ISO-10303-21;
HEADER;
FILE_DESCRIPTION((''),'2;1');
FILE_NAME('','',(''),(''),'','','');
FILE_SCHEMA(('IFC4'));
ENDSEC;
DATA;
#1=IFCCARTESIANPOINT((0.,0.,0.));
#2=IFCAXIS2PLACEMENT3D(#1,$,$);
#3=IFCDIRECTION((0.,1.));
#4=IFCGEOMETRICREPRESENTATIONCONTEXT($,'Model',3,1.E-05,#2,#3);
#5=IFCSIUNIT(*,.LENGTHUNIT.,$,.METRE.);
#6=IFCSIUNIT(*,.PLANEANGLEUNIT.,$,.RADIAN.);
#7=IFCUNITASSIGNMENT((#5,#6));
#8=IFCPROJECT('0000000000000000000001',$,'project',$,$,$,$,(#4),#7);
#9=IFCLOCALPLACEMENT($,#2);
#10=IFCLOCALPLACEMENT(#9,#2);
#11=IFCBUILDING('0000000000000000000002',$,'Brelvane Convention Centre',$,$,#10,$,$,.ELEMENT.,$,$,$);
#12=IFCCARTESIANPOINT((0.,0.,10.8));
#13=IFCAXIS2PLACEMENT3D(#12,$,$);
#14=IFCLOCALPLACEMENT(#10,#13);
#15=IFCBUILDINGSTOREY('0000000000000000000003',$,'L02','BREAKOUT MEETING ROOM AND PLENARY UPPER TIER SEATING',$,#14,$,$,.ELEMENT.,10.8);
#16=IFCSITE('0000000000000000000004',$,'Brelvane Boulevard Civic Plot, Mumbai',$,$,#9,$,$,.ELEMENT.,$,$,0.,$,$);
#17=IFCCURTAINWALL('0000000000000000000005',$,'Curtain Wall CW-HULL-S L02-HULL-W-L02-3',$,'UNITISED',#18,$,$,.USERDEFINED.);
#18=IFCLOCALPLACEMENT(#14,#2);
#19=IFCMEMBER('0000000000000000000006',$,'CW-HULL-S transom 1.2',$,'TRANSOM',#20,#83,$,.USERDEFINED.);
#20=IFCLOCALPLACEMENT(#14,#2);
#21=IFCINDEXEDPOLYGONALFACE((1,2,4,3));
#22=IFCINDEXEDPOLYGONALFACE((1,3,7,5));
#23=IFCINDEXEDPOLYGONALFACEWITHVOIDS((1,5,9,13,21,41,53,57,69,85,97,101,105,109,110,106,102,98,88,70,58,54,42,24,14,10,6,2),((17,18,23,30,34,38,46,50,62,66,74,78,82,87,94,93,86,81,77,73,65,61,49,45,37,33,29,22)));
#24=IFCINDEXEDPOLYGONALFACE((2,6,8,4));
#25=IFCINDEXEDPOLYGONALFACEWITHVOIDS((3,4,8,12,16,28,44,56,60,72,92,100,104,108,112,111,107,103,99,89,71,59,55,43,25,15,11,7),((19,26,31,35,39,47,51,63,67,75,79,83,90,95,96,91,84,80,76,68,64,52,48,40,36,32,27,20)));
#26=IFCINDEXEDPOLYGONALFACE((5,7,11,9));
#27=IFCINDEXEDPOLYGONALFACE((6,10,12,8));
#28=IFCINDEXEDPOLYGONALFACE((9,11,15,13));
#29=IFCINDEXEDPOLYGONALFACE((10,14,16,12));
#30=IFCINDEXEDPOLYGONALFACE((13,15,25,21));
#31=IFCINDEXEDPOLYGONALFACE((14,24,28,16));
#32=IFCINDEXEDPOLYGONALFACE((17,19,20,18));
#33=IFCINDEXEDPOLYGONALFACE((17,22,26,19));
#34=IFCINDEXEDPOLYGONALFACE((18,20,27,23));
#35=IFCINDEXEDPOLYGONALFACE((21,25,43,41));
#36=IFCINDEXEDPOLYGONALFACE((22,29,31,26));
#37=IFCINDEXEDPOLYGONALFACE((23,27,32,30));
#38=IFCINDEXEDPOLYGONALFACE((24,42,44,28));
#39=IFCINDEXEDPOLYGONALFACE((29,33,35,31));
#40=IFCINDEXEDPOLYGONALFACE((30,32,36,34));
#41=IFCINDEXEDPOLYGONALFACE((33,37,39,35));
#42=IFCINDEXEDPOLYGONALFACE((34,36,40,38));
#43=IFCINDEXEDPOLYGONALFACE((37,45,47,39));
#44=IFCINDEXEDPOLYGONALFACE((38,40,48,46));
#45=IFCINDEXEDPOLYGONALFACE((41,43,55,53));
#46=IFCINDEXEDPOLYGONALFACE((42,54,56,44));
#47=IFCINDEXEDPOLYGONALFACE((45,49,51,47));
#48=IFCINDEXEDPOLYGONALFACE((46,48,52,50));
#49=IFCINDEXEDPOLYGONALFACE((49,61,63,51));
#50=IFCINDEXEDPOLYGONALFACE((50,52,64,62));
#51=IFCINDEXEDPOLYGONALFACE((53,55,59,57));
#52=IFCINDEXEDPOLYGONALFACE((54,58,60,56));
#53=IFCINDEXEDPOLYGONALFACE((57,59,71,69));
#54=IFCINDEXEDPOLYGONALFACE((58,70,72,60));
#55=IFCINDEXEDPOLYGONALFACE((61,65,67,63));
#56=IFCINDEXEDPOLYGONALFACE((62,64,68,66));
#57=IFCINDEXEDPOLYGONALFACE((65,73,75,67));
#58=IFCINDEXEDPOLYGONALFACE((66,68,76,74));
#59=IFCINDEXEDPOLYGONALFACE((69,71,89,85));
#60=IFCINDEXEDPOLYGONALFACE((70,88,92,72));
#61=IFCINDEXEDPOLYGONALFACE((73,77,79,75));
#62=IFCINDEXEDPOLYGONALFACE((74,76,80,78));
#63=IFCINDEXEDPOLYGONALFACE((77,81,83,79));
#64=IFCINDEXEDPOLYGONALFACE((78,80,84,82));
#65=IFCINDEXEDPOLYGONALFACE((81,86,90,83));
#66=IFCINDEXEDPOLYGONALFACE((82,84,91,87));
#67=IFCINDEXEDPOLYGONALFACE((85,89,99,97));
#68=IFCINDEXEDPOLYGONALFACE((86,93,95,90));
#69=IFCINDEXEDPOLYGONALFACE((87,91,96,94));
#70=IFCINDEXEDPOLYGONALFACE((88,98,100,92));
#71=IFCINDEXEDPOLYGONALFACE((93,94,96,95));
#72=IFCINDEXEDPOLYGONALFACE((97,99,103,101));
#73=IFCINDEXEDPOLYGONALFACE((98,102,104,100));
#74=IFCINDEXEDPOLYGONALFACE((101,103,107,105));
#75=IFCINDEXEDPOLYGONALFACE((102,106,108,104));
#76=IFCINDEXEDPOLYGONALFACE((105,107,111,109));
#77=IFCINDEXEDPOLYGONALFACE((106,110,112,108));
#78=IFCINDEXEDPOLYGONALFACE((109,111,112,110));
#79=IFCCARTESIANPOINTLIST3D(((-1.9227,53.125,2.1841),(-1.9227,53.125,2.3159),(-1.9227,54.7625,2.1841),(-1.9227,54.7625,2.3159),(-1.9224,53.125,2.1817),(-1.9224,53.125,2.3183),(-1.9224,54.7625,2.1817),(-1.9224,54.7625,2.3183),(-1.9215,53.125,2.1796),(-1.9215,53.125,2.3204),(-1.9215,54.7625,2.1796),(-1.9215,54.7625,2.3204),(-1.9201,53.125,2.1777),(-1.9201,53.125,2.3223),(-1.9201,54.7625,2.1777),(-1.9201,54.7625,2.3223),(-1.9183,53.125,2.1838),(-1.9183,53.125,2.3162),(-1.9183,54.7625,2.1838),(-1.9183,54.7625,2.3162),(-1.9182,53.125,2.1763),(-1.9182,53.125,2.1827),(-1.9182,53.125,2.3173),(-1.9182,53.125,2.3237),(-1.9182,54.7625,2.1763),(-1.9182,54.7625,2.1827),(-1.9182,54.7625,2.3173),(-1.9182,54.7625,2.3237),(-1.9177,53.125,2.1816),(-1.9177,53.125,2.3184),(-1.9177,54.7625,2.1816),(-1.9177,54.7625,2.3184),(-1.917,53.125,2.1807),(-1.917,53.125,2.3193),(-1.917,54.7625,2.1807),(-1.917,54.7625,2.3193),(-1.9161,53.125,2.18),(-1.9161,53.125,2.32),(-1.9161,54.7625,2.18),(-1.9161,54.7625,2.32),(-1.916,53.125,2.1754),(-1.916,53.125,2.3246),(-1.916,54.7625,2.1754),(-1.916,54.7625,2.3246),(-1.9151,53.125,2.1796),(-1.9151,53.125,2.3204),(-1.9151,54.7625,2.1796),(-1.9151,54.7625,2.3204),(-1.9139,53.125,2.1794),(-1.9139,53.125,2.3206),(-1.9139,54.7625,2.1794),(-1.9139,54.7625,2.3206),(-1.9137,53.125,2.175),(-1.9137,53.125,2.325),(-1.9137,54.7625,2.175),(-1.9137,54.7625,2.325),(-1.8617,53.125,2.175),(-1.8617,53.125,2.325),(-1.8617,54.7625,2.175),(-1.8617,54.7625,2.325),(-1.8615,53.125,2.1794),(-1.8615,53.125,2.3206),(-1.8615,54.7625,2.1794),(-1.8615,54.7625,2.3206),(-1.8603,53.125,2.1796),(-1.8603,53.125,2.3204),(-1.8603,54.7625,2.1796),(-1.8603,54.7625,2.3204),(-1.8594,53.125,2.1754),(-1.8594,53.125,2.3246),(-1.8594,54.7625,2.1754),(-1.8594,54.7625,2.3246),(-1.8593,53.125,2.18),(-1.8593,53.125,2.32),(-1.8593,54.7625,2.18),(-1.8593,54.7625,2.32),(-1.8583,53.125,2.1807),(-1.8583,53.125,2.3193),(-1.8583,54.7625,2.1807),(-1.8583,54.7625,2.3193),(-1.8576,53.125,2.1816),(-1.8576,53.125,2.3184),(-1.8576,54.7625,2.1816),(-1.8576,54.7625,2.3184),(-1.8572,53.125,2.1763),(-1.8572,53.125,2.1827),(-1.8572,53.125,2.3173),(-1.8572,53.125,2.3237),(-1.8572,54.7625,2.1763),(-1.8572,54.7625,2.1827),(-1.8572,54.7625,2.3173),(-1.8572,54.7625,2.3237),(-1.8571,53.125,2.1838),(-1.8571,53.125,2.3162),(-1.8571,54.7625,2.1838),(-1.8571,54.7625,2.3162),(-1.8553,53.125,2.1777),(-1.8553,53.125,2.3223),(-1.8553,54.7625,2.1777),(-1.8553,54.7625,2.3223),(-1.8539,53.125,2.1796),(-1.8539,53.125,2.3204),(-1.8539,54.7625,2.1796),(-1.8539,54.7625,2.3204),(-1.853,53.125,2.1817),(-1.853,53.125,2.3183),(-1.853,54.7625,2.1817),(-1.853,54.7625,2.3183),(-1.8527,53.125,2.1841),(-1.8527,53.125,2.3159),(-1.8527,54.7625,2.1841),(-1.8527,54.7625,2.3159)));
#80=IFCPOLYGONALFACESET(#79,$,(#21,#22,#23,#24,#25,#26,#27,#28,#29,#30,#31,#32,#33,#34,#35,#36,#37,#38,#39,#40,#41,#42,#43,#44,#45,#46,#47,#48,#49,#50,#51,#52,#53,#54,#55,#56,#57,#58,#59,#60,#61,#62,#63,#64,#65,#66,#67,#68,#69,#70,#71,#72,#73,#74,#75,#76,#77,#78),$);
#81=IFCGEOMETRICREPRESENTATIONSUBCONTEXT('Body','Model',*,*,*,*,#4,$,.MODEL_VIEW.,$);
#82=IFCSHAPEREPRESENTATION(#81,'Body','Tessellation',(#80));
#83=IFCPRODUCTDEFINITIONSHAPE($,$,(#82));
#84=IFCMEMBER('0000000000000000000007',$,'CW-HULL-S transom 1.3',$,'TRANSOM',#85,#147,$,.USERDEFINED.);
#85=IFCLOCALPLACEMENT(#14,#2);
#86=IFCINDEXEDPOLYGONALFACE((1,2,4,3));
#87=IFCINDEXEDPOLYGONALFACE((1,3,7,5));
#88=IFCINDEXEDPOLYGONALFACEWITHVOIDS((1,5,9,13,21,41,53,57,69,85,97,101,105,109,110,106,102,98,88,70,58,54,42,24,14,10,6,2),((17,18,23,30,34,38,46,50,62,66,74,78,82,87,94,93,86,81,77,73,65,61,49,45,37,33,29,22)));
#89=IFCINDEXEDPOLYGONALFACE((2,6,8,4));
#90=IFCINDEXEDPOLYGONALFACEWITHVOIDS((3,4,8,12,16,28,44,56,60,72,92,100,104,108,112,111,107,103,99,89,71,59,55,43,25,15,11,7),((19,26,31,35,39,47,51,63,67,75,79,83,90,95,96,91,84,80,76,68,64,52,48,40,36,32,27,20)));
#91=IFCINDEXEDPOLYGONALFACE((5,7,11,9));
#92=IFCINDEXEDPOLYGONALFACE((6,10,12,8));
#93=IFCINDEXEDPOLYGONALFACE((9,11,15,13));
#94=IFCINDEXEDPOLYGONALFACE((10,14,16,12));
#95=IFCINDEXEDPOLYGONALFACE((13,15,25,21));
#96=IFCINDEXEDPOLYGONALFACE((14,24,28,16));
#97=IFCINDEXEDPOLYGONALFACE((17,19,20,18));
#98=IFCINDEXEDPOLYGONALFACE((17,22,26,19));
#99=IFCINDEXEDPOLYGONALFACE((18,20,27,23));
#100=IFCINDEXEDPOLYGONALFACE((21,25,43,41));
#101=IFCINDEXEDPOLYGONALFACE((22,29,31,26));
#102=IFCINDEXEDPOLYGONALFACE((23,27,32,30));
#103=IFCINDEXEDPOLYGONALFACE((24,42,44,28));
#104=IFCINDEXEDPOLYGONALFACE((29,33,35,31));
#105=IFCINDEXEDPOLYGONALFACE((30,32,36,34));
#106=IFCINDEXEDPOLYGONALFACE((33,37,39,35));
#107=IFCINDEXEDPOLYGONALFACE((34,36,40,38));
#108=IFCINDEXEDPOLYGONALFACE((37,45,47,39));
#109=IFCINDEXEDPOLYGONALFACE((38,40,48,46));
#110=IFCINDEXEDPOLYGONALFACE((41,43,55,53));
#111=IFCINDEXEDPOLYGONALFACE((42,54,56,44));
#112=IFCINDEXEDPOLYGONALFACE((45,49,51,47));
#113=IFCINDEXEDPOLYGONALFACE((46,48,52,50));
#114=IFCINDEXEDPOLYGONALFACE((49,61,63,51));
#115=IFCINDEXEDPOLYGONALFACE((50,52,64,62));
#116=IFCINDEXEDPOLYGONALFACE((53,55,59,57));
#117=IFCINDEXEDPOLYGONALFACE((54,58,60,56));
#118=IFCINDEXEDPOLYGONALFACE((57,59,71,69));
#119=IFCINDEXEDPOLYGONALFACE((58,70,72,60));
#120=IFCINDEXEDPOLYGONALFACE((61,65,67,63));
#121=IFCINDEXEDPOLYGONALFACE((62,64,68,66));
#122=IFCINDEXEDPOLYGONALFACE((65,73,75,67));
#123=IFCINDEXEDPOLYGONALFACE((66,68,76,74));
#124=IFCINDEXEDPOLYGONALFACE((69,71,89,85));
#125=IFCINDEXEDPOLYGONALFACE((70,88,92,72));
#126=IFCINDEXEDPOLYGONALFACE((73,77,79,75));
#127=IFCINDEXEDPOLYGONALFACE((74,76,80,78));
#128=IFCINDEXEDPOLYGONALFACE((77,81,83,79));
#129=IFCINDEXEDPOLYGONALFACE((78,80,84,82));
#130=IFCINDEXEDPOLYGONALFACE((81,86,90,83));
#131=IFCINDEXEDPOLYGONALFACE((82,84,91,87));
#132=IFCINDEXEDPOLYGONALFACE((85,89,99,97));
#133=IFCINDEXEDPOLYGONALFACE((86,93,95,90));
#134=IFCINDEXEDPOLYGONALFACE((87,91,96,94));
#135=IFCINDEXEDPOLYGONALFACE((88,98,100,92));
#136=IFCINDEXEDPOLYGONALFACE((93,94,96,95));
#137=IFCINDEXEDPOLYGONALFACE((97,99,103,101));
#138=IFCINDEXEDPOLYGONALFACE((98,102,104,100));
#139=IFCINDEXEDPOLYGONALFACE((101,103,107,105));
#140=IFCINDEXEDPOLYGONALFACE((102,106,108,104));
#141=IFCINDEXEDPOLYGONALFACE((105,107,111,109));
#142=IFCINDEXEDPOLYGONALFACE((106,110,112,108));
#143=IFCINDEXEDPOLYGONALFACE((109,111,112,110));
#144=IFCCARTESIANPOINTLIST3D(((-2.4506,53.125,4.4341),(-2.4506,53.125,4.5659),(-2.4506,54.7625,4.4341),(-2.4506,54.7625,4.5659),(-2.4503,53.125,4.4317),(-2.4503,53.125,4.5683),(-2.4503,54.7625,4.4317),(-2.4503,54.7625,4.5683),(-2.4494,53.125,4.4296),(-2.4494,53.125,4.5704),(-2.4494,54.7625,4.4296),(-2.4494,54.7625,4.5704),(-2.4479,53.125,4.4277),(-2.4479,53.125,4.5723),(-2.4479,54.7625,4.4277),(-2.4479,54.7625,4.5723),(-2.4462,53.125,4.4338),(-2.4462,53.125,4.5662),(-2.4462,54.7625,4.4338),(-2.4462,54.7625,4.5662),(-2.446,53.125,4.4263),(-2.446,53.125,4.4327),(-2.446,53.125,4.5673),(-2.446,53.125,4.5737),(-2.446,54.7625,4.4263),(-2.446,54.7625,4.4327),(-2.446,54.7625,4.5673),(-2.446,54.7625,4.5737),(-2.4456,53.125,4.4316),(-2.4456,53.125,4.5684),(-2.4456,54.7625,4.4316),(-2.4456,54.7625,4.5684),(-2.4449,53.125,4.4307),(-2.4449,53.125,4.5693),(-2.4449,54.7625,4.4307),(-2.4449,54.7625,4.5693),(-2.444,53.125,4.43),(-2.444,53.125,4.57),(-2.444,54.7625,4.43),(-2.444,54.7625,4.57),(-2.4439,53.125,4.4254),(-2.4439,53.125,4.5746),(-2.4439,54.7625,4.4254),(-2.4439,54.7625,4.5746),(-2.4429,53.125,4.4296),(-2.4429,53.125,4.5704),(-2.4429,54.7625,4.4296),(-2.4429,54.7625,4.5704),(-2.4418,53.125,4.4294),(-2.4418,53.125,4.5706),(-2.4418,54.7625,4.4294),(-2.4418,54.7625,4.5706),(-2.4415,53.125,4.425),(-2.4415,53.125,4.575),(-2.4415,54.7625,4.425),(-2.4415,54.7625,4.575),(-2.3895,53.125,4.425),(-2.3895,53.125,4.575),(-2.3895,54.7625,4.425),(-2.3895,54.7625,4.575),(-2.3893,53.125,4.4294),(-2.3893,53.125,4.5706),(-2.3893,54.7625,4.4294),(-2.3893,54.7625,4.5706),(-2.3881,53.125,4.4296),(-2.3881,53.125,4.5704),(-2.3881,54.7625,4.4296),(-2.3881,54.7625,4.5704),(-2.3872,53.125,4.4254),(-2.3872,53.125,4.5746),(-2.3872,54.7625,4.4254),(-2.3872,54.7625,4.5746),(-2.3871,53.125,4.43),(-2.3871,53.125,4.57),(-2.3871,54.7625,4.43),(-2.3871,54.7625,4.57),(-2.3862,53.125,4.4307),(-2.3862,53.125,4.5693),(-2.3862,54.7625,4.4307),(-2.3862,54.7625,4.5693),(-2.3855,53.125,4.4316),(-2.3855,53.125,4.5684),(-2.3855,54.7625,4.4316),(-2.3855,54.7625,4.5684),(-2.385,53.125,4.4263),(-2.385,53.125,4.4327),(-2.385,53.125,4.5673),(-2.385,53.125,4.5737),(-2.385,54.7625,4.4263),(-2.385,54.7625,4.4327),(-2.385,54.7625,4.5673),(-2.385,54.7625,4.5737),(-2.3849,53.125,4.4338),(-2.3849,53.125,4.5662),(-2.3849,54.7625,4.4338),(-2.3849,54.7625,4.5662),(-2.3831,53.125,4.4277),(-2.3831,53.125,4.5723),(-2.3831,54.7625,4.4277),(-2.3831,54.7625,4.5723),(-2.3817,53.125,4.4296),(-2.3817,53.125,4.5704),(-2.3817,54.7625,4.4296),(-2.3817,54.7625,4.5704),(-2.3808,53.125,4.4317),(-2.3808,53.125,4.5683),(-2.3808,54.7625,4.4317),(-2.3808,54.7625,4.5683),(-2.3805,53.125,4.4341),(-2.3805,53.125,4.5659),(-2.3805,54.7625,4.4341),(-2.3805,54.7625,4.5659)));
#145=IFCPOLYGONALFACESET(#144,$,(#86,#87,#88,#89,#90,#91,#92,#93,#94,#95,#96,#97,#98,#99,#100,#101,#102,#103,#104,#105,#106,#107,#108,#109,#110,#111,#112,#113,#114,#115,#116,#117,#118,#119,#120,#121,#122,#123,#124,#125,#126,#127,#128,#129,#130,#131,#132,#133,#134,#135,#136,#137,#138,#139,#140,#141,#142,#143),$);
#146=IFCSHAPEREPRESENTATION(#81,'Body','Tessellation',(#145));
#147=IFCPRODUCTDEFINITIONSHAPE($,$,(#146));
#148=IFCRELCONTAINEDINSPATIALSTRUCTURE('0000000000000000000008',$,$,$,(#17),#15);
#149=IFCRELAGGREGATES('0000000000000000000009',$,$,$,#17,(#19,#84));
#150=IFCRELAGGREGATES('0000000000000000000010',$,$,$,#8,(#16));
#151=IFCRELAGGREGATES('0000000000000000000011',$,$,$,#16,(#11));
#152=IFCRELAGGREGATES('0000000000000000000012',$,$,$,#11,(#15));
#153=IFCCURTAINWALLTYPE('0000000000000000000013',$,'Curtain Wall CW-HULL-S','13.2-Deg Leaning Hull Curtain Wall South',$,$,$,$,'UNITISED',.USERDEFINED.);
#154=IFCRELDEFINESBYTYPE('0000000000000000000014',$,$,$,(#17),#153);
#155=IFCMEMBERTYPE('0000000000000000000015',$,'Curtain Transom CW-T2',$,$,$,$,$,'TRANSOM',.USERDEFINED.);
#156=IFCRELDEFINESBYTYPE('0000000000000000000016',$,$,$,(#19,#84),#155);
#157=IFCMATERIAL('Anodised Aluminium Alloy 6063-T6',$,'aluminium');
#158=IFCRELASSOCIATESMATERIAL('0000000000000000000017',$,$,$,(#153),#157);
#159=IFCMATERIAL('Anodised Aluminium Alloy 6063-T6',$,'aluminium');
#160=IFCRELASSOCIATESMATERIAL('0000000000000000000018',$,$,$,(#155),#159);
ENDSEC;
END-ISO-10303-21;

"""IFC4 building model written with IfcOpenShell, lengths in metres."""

from ifc_helpers import new_model, si_unit, direction, frame, origin, origin_2d, place, context, subcontext, project, spatial, hollow_rectangle, extrude, material, material_profile, profile_set, type_object, element, aggregate, save


model = new_model("IFC4")

# Units and contexts
model_context = context("Model", 3, precision=1e-05, world=origin(), true_north=direction((0.0, 1.0)))
body_context = subcontext(model_context, "Body", "Model", "MODEL_VIEW")
ifc_project = project(units=[si_unit("LENGTHUNIT", "METRE"), si_unit("PLANEANGLEUNIT", "RADIAN")], contexts=[model_context])

# Site, building, storey
site_placement = place(None, origin())
site = spatial("IfcSite", under=ifc_project, at=site_placement, Name="Brelvane Boulevard Civic Plot, Mumbai", CompositionType="ELEMENT", RefElevation=0.0)
building_placement = place(site_placement, origin())
building = spatial("IfcBuilding", under=site, at=building_placement, Name="Brelvane Convention Centre", CompositionType="ELEMENT")
storey_placement = place(building_placement, frame((0.0, 0.0, 10.8)))
storey = spatial("IfcBuildingStorey", under=building, at=storey_placement, Name="L02", Description="BREAKOUT MEETING ROOM AND PLENARY UPPER TIER SEATING", CompositionType="ELEMENT", Elevation=10.8)

# Curtain wall
ifc_material_1 = material(Name="Anodised Aluminium Alloy 6063-T6", Category="aluminium")
curtain_wall_type = type_object("IfcCurtainWallType", Name="Curtain Wall CW-HULL-S", Description="13.2-Deg Leaning Hull Curtain Wall South", ElementType="UNITISED", PredefinedType="USERDEFINED", material=ifc_material_1)
curtain_wall_1_placement = place(storey_placement, origin())
curtain_wall_1 = element("IfcCurtainWall", 1, at=curtain_wall_1_placement, inside=storey, type_object=curtain_wall_type, Name="Curtain Wall CW-HULL-S L02-HULL-W-L02-3", ObjectType="UNITISED", PredefinedType="USERDEFINED")

# Members
ifc_material_2 = material(Name="Anodised Aluminium Alloy 6063-T6", Category="aluminium")
ifc_material_profile_1 = material_profile(ifc_material_2, hollow_rectangle(XDim=0.0701, YDim=0.1499, WallThickness=0.0044, InnerFilletRadius=0.0044, OuterFilletRadius=0.009, at=origin_2d()), Name="ALU-T 150x70x4.5")
ifc_profile_set_1 = profile_set([ifc_material_profile_1], Name="Anodised Aluminium Alloy 6063-T6")
member_type_1 = type_object("IfcMemberType", Name="Curtain Transom CW-T2", ElementType="TRANSOM", PredefinedType="USERDEFINED", material=ifc_profile_set_1)
member_1_placement = place(storey_placement, frame((-1.8877, 53.125, 2.25), z_axis=(0.0, 1.0, 0.0), x_axis=(-1.0, 0.0, 0.0)))
member_1 = element("IfcMember", 2, at=member_1_placement, type_object=member_type_1, Name="CW-HULL-S transom 1.2", ObjectType="TRANSOM", PredefinedType="USERDEFINED", context=body_context, shape_type="SweptSolid", body=[
    extrude(hollow_rectangle(XDim=0.0701, YDim=0.1499, WallThickness=0.0044, InnerFilletRadius=0.0044, OuterFilletRadius=0.009, at=origin_2d()), origin(), (0.0, 0.0, 1.0), 1.6375),
])
member_2_placement = place(storey_placement, frame((-2.4155, 53.125, 4.5), z_axis=(0.0, 1.0, 0.0), x_axis=(-1.0, 0.0, 0.0)))
member_2 = element("IfcMember", 3, at=member_2_placement, type_object=member_type_1, Name="CW-HULL-S transom 1.3", ObjectType="TRANSOM", PredefinedType="USERDEFINED", context=body_context, shape_type="SweptSolid", body=[
    extrude(hollow_rectangle(XDim=0.0701, YDim=0.1499, WallThickness=0.0044, InnerFilletRadius=0.0044, OuterFilletRadius=0.009, at=origin_2d()), origin(), (0.0, 0.0, 1.0), 1.6375),
])

aggregate(curtain_wall_1, [member_1, member_2])

save(model, "model.ifc")
